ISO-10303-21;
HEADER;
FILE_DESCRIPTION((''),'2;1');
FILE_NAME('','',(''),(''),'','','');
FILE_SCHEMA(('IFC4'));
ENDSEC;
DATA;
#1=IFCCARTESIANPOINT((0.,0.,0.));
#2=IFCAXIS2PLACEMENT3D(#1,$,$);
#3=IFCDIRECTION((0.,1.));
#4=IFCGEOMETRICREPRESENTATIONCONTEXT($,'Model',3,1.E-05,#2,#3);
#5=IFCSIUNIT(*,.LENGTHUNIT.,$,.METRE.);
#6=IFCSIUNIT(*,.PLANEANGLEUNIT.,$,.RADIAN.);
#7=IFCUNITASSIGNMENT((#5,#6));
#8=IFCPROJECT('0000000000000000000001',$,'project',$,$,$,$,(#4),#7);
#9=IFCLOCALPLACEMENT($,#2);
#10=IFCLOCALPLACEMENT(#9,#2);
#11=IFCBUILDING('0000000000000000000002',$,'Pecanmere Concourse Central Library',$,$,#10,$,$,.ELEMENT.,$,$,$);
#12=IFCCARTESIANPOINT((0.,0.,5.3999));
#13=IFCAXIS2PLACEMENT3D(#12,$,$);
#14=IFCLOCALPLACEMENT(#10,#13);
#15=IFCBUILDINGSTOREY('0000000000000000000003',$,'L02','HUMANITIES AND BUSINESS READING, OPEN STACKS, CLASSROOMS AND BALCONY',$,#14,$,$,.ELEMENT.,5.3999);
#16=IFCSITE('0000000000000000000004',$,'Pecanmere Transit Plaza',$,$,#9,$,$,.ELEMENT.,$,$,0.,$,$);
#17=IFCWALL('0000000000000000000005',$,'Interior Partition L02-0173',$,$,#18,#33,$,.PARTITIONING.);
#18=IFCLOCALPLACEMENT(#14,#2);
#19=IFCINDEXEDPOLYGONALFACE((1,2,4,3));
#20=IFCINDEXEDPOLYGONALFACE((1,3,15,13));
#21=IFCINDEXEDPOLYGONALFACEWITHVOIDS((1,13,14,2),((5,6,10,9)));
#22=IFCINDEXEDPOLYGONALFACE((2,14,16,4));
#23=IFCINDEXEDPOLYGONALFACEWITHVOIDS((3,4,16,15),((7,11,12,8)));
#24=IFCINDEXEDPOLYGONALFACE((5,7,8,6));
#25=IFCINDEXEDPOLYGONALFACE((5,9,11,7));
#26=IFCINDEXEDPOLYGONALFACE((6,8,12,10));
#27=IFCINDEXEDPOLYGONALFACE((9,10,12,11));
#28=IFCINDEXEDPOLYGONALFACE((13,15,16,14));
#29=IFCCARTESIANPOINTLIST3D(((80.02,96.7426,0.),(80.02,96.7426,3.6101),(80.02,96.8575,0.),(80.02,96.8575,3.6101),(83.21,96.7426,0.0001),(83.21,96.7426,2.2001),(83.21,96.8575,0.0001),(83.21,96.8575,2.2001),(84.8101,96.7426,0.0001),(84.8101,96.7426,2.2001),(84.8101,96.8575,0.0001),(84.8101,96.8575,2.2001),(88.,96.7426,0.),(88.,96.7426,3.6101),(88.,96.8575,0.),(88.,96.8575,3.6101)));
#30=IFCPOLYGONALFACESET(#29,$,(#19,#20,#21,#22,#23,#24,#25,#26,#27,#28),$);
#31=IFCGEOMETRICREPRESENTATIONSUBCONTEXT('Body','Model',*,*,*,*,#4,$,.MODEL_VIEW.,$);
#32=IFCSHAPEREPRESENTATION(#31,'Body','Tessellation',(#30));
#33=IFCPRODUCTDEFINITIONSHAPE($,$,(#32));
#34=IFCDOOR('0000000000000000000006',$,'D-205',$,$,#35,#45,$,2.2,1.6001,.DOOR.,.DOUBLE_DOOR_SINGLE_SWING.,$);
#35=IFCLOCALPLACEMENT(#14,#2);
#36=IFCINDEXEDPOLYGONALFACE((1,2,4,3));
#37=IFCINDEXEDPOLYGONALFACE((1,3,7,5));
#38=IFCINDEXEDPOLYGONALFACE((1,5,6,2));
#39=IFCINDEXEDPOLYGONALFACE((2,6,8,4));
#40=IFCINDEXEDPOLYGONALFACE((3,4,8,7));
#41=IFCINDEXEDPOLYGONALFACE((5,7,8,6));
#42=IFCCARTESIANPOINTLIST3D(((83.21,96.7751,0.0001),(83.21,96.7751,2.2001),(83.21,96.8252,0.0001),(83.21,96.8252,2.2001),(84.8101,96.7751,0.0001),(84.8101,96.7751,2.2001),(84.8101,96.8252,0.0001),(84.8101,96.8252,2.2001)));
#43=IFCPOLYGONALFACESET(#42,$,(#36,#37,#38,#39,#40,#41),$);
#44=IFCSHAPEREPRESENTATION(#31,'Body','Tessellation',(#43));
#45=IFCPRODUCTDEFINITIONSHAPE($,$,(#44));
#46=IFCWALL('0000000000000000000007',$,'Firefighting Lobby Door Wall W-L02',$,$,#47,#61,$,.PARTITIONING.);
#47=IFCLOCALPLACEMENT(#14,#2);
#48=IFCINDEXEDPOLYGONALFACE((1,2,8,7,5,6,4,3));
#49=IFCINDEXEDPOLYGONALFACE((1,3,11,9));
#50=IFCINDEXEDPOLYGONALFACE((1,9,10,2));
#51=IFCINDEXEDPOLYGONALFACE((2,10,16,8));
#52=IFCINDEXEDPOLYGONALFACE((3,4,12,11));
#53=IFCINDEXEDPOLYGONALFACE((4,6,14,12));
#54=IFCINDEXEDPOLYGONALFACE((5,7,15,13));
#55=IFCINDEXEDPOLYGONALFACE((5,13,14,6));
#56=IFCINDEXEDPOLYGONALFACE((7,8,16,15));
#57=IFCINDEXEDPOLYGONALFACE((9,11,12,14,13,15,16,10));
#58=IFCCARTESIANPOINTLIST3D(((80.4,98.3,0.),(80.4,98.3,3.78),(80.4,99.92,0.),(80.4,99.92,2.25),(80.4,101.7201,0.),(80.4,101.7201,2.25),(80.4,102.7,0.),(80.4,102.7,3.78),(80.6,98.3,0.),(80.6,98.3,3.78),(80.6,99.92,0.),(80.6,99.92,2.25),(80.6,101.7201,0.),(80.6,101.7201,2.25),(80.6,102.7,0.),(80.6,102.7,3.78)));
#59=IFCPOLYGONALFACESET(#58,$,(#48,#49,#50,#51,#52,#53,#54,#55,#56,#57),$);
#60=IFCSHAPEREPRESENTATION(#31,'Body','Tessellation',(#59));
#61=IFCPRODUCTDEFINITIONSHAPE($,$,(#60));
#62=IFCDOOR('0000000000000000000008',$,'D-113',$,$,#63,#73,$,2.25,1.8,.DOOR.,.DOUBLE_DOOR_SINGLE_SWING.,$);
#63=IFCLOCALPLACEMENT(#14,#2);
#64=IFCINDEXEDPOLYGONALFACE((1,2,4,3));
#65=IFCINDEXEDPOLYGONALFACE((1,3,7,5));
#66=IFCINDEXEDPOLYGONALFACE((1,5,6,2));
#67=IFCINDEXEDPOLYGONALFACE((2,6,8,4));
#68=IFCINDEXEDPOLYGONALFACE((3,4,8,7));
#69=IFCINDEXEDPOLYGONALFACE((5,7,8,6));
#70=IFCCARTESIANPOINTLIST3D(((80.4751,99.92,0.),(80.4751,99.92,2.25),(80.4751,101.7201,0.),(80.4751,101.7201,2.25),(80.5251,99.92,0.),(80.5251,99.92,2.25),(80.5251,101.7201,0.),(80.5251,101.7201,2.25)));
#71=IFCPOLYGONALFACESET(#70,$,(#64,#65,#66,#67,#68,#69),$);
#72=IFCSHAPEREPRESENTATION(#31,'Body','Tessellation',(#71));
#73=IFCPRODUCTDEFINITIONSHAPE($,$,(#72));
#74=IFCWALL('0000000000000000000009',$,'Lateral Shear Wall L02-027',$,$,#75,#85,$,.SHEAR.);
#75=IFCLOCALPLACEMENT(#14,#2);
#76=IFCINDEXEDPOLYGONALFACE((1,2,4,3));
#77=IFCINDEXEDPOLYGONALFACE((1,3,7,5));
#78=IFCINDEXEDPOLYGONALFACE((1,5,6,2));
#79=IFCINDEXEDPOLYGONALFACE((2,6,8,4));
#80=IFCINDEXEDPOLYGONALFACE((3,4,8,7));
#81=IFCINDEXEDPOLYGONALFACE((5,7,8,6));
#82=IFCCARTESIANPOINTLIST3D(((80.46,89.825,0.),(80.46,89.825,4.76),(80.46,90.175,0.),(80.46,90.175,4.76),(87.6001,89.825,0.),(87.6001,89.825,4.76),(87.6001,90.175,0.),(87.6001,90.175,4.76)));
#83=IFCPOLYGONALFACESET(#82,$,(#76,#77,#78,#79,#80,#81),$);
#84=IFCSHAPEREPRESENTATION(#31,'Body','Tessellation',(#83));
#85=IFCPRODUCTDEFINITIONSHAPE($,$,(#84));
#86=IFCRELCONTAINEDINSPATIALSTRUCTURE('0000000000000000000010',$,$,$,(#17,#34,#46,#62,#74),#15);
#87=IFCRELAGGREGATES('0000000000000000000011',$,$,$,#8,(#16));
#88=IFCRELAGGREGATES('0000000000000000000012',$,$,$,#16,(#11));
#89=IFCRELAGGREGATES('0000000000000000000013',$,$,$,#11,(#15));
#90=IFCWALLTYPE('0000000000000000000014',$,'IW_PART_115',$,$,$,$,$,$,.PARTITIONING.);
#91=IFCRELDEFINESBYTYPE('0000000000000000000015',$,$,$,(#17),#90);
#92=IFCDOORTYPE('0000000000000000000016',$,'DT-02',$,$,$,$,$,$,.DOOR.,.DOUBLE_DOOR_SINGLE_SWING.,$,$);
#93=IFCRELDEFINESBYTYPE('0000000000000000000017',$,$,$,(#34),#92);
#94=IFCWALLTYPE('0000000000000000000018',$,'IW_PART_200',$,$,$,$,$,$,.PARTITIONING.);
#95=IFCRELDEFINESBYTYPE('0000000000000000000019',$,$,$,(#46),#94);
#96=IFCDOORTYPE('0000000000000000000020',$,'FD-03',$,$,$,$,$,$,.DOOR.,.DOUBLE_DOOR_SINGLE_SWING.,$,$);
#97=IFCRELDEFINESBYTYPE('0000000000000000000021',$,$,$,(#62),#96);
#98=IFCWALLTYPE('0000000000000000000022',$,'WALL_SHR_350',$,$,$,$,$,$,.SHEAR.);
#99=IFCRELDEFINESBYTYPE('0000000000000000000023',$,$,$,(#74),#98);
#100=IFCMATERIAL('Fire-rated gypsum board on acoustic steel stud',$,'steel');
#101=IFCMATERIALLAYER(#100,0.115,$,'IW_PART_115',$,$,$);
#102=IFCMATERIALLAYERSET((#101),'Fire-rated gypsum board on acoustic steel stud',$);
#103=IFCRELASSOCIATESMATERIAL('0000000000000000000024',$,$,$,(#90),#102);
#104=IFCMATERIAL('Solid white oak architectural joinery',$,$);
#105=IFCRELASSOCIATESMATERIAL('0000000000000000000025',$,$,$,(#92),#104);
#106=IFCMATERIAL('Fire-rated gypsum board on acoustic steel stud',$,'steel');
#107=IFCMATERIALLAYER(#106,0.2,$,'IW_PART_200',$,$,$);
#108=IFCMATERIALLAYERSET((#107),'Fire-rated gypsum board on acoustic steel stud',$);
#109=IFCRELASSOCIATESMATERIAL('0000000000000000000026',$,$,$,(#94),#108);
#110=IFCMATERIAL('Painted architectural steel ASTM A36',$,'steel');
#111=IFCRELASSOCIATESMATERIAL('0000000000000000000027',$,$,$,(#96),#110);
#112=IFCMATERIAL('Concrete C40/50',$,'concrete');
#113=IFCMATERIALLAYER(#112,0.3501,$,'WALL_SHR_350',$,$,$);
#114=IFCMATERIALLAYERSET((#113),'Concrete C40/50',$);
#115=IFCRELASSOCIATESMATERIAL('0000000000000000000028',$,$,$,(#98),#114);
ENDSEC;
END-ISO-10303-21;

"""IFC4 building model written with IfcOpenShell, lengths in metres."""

from ifc_helpers import new_model, si_unit, direction, frame, frame_2d, origin, place, context, subcontext, project, spatial, rectangle, extrude, material, layer, layer_set, type_object, element, fill, save


model = new_model("IFC4")

# Units and contexts
model_context = context("Model", 3, precision=1e-05, world=origin(), true_north=direction((0.0, 1.0)))
body_context = subcontext(model_context, "Body", "Model", "MODEL_VIEW")
ifc_project = project(units=[si_unit("LENGTHUNIT", "METRE"), si_unit("PLANEANGLEUNIT", "RADIAN")], contexts=[model_context])

# Site, building, storey
site_placement = place(None, origin())
site = spatial("IfcSite", under=ifc_project, at=site_placement, Name="Pecanmere Transit Plaza", CompositionType="ELEMENT", RefElevation=0.0)
building_placement = place(site_placement, origin())
building = spatial("IfcBuilding", under=site, at=building_placement, Name="Pecanmere Concourse Central Library", CompositionType="ELEMENT")
storey_placement = place(building_placement, frame((0.0, 0.0, 5.3999)))
storey = spatial("IfcBuildingStorey", under=building, at=storey_placement, Name="L02", Description="HUMANITIES AND BUSINESS READING, OPEN STACKS, CLASSROOMS AND BALCONY", CompositionType="ELEMENT", Elevation=5.3999)

# Walls, openings, doors
ifc_material_1 = material(Name="Fire-rated gypsum board on acoustic steel stud", Category="steel")
ifc_layer_1 = layer(ifc_material_1, 0.115, Name="IW_PART_115")
ifc_layer_set_1 = layer_set([ifc_layer_1], Name="Fire-rated gypsum board on acoustic steel stud")
wall_type_1 = type_object("IfcWallType", Name="IW_PART_115", PredefinedType="PARTITIONING", material=ifc_layer_set_1)
wall_1_placement = place(storey_placement, frame((80.02, 96.8, 0.0), z_axis=(0.0, 0.0, 1.0), x_axis=(1.0, 0.0, 0.0)))
wall_1 = element("IfcWall", 1, at=wall_1_placement, inside=storey, type_object=wall_type_1, Name="Interior Partition L02-0173", PredefinedType="PARTITIONING", context=body_context, shape_type="SweptSolid", body=[
    extrude(rectangle(XDim=7.98, YDim=0.115, at=frame_2d((3.99, 0.0))), origin(), (0.0, 0.0, 1.0), 3.6101),
])
opening_1_placement = place(wall_1_placement, frame((3.1899, 0.0, 0.0)))
opening_1 = element("IfcOpeningElement", 2, at=opening_1_placement, cuts=wall_1, PredefinedType="OPENING", context=body_context, shape_type="SweptSolid", body=[
    extrude(rectangle(XDim=1.6001, YDim=2.2, at=frame_2d((0.8, 1.1001))), frame((0.0, 0.0693, 0.0), z_axis=(0.0, -1.0, 0.0), x_axis=(1.0, 0.0, 0.0)), (0.0, 0.0, 1.0), 0.1389),
])
ifc_material_2 = material(Name="Solid white oak architectural joinery")
door_type_1 = type_object("IfcDoorType", Name="DT-02", OperationType="DOUBLE_DOOR_SINGLE_SWING", PredefinedType="DOOR", material=ifc_material_2)
door_1_placement = place(opening_1_placement, frame((1.6001, 0.0, 0.0), z_axis=(0.0, 0.0, 1.0), x_axis=(-1.0, 0.0, 0.0)))
door_1 = element("IfcDoor", 3, at=door_1_placement, inside=storey, type_object=door_type_1, Name="D-205", OperationType="DOUBLE_DOOR_SINGLE_SWING", OverallHeight=2.2, OverallWidth=1.6001, PredefinedType="DOOR", context=body_context, shape_type="SweptSolid", body=[
    extrude(rectangle(XDim=1.6001, YDim=2.2, at=frame_2d((0.8, 1.1001))), frame((0.0, 0.0249, 0.0), z_axis=(0.0, -1.0, 0.0), x_axis=(1.0, 0.0, 0.0)), (0.0, 0.0, 1.0), 0.05),
])
fill(opening_1, door_1)
ifc_material_3 = material(Name="Fire-rated gypsum board on acoustic steel stud", Category="steel")
ifc_layer_2 = layer(ifc_material_3, 0.2, Name="IW_PART_200")
ifc_layer_set_2 = layer_set([ifc_layer_2], Name="Fire-rated gypsum board on acoustic steel stud")
wall_type_2 = type_object("IfcWallType", Name="IW_PART_200", PredefinedType="PARTITIONING", material=ifc_layer_set_2)
wall_2_placement = place(storey_placement, frame((80.5, 98.3, 0.0), z_axis=(0.0, 0.0, 1.0), x_axis=(0.0, 1.0, 0.0)))
wall_2 = element("IfcWall", 4, at=wall_2_placement, inside=storey, type_object=wall_type_2, Name="Firefighting Lobby Door Wall W-L02", PredefinedType="PARTITIONING", context=body_context, shape_type="SweptSolid", body=[
    extrude(rectangle(XDim=4.3999, YDim=0.2, at=frame_2d((2.2, 0.0))), origin(), (0.0, 0.0, 1.0), 3.78),
])
opening_2_placement = place(wall_2_placement, frame((1.6201, 0.0, 0.0)))
opening_2 = element("IfcOpeningElement", 5, at=opening_2_placement, cuts=wall_2, PredefinedType="OPENING", context=body_context, shape_type="SweptSolid", body=[
    extrude(rectangle(XDim=1.8, YDim=2.25, at=frame_2d((0.8999, 1.125))), frame((0.0, 0.1118, 0.0), z_axis=(0.0, -1.0, 0.0), x_axis=(1.0, 0.0, 0.0)), (0.0, 0.0, 1.0), 0.2239),
])
ifc_material_4 = material(Name="Painted architectural steel ASTM A36", Category="steel")
door_type_2 = type_object("IfcDoorType", Name="FD-03", OperationType="DOUBLE_DOOR_SINGLE_SWING", PredefinedType="DOOR", material=ifc_material_4)
door_2_placement = place(opening_2_placement, origin())
door_2 = element("IfcDoor", 6, at=door_2_placement, inside=storey, type_object=door_type_2, Name="D-113", OperationType="DOUBLE_DOOR_SINGLE_SWING", OverallHeight=2.25, OverallWidth=1.8, PredefinedType="DOOR", context=body_context, shape_type="SweptSolid", body=[
    extrude(rectangle(XDim=1.8, YDim=2.25, at=frame_2d((0.8999, 1.125))), frame((0.0, 0.0249, 0.0), z_axis=(0.0, -1.0, 0.0), x_axis=(1.0, 0.0, 0.0)), (0.0, 0.0, 1.0), 0.05),
])
fill(opening_2, door_2)

# Wall
ifc_material_5 = material(Name="Concrete C40/50", Category="concrete")
ifc_layer_3 = layer(ifc_material_5, 0.3501, Name="WALL_SHR_350")
ifc_layer_set_3 = layer_set([ifc_layer_3], Name="Concrete C40/50")
wall_type_3 = type_object("IfcWallType", Name="WALL_SHR_350", PredefinedType="SHEAR", material=ifc_layer_set_3)
wall_3_placement = place(storey_placement, frame((80.46, 90.0, 0.0), z_axis=(0.0, 0.0, 1.0), x_axis=(1.0, 0.0, 0.0)))
element("IfcWall", 7, at=wall_3_placement, inside=storey, type_object=wall_type_3, Name="Lateral Shear Wall L02-027", PredefinedType="SHEAR", context=body_context, shape_type="SweptSolid", body=[
    extrude(rectangle(XDim=7.1401, YDim=0.3501, at=frame_2d((3.5701, 0.0))), origin(), (0.0, 0.0, 1.0), 4.76),
])

save(model, "model.ifc")
